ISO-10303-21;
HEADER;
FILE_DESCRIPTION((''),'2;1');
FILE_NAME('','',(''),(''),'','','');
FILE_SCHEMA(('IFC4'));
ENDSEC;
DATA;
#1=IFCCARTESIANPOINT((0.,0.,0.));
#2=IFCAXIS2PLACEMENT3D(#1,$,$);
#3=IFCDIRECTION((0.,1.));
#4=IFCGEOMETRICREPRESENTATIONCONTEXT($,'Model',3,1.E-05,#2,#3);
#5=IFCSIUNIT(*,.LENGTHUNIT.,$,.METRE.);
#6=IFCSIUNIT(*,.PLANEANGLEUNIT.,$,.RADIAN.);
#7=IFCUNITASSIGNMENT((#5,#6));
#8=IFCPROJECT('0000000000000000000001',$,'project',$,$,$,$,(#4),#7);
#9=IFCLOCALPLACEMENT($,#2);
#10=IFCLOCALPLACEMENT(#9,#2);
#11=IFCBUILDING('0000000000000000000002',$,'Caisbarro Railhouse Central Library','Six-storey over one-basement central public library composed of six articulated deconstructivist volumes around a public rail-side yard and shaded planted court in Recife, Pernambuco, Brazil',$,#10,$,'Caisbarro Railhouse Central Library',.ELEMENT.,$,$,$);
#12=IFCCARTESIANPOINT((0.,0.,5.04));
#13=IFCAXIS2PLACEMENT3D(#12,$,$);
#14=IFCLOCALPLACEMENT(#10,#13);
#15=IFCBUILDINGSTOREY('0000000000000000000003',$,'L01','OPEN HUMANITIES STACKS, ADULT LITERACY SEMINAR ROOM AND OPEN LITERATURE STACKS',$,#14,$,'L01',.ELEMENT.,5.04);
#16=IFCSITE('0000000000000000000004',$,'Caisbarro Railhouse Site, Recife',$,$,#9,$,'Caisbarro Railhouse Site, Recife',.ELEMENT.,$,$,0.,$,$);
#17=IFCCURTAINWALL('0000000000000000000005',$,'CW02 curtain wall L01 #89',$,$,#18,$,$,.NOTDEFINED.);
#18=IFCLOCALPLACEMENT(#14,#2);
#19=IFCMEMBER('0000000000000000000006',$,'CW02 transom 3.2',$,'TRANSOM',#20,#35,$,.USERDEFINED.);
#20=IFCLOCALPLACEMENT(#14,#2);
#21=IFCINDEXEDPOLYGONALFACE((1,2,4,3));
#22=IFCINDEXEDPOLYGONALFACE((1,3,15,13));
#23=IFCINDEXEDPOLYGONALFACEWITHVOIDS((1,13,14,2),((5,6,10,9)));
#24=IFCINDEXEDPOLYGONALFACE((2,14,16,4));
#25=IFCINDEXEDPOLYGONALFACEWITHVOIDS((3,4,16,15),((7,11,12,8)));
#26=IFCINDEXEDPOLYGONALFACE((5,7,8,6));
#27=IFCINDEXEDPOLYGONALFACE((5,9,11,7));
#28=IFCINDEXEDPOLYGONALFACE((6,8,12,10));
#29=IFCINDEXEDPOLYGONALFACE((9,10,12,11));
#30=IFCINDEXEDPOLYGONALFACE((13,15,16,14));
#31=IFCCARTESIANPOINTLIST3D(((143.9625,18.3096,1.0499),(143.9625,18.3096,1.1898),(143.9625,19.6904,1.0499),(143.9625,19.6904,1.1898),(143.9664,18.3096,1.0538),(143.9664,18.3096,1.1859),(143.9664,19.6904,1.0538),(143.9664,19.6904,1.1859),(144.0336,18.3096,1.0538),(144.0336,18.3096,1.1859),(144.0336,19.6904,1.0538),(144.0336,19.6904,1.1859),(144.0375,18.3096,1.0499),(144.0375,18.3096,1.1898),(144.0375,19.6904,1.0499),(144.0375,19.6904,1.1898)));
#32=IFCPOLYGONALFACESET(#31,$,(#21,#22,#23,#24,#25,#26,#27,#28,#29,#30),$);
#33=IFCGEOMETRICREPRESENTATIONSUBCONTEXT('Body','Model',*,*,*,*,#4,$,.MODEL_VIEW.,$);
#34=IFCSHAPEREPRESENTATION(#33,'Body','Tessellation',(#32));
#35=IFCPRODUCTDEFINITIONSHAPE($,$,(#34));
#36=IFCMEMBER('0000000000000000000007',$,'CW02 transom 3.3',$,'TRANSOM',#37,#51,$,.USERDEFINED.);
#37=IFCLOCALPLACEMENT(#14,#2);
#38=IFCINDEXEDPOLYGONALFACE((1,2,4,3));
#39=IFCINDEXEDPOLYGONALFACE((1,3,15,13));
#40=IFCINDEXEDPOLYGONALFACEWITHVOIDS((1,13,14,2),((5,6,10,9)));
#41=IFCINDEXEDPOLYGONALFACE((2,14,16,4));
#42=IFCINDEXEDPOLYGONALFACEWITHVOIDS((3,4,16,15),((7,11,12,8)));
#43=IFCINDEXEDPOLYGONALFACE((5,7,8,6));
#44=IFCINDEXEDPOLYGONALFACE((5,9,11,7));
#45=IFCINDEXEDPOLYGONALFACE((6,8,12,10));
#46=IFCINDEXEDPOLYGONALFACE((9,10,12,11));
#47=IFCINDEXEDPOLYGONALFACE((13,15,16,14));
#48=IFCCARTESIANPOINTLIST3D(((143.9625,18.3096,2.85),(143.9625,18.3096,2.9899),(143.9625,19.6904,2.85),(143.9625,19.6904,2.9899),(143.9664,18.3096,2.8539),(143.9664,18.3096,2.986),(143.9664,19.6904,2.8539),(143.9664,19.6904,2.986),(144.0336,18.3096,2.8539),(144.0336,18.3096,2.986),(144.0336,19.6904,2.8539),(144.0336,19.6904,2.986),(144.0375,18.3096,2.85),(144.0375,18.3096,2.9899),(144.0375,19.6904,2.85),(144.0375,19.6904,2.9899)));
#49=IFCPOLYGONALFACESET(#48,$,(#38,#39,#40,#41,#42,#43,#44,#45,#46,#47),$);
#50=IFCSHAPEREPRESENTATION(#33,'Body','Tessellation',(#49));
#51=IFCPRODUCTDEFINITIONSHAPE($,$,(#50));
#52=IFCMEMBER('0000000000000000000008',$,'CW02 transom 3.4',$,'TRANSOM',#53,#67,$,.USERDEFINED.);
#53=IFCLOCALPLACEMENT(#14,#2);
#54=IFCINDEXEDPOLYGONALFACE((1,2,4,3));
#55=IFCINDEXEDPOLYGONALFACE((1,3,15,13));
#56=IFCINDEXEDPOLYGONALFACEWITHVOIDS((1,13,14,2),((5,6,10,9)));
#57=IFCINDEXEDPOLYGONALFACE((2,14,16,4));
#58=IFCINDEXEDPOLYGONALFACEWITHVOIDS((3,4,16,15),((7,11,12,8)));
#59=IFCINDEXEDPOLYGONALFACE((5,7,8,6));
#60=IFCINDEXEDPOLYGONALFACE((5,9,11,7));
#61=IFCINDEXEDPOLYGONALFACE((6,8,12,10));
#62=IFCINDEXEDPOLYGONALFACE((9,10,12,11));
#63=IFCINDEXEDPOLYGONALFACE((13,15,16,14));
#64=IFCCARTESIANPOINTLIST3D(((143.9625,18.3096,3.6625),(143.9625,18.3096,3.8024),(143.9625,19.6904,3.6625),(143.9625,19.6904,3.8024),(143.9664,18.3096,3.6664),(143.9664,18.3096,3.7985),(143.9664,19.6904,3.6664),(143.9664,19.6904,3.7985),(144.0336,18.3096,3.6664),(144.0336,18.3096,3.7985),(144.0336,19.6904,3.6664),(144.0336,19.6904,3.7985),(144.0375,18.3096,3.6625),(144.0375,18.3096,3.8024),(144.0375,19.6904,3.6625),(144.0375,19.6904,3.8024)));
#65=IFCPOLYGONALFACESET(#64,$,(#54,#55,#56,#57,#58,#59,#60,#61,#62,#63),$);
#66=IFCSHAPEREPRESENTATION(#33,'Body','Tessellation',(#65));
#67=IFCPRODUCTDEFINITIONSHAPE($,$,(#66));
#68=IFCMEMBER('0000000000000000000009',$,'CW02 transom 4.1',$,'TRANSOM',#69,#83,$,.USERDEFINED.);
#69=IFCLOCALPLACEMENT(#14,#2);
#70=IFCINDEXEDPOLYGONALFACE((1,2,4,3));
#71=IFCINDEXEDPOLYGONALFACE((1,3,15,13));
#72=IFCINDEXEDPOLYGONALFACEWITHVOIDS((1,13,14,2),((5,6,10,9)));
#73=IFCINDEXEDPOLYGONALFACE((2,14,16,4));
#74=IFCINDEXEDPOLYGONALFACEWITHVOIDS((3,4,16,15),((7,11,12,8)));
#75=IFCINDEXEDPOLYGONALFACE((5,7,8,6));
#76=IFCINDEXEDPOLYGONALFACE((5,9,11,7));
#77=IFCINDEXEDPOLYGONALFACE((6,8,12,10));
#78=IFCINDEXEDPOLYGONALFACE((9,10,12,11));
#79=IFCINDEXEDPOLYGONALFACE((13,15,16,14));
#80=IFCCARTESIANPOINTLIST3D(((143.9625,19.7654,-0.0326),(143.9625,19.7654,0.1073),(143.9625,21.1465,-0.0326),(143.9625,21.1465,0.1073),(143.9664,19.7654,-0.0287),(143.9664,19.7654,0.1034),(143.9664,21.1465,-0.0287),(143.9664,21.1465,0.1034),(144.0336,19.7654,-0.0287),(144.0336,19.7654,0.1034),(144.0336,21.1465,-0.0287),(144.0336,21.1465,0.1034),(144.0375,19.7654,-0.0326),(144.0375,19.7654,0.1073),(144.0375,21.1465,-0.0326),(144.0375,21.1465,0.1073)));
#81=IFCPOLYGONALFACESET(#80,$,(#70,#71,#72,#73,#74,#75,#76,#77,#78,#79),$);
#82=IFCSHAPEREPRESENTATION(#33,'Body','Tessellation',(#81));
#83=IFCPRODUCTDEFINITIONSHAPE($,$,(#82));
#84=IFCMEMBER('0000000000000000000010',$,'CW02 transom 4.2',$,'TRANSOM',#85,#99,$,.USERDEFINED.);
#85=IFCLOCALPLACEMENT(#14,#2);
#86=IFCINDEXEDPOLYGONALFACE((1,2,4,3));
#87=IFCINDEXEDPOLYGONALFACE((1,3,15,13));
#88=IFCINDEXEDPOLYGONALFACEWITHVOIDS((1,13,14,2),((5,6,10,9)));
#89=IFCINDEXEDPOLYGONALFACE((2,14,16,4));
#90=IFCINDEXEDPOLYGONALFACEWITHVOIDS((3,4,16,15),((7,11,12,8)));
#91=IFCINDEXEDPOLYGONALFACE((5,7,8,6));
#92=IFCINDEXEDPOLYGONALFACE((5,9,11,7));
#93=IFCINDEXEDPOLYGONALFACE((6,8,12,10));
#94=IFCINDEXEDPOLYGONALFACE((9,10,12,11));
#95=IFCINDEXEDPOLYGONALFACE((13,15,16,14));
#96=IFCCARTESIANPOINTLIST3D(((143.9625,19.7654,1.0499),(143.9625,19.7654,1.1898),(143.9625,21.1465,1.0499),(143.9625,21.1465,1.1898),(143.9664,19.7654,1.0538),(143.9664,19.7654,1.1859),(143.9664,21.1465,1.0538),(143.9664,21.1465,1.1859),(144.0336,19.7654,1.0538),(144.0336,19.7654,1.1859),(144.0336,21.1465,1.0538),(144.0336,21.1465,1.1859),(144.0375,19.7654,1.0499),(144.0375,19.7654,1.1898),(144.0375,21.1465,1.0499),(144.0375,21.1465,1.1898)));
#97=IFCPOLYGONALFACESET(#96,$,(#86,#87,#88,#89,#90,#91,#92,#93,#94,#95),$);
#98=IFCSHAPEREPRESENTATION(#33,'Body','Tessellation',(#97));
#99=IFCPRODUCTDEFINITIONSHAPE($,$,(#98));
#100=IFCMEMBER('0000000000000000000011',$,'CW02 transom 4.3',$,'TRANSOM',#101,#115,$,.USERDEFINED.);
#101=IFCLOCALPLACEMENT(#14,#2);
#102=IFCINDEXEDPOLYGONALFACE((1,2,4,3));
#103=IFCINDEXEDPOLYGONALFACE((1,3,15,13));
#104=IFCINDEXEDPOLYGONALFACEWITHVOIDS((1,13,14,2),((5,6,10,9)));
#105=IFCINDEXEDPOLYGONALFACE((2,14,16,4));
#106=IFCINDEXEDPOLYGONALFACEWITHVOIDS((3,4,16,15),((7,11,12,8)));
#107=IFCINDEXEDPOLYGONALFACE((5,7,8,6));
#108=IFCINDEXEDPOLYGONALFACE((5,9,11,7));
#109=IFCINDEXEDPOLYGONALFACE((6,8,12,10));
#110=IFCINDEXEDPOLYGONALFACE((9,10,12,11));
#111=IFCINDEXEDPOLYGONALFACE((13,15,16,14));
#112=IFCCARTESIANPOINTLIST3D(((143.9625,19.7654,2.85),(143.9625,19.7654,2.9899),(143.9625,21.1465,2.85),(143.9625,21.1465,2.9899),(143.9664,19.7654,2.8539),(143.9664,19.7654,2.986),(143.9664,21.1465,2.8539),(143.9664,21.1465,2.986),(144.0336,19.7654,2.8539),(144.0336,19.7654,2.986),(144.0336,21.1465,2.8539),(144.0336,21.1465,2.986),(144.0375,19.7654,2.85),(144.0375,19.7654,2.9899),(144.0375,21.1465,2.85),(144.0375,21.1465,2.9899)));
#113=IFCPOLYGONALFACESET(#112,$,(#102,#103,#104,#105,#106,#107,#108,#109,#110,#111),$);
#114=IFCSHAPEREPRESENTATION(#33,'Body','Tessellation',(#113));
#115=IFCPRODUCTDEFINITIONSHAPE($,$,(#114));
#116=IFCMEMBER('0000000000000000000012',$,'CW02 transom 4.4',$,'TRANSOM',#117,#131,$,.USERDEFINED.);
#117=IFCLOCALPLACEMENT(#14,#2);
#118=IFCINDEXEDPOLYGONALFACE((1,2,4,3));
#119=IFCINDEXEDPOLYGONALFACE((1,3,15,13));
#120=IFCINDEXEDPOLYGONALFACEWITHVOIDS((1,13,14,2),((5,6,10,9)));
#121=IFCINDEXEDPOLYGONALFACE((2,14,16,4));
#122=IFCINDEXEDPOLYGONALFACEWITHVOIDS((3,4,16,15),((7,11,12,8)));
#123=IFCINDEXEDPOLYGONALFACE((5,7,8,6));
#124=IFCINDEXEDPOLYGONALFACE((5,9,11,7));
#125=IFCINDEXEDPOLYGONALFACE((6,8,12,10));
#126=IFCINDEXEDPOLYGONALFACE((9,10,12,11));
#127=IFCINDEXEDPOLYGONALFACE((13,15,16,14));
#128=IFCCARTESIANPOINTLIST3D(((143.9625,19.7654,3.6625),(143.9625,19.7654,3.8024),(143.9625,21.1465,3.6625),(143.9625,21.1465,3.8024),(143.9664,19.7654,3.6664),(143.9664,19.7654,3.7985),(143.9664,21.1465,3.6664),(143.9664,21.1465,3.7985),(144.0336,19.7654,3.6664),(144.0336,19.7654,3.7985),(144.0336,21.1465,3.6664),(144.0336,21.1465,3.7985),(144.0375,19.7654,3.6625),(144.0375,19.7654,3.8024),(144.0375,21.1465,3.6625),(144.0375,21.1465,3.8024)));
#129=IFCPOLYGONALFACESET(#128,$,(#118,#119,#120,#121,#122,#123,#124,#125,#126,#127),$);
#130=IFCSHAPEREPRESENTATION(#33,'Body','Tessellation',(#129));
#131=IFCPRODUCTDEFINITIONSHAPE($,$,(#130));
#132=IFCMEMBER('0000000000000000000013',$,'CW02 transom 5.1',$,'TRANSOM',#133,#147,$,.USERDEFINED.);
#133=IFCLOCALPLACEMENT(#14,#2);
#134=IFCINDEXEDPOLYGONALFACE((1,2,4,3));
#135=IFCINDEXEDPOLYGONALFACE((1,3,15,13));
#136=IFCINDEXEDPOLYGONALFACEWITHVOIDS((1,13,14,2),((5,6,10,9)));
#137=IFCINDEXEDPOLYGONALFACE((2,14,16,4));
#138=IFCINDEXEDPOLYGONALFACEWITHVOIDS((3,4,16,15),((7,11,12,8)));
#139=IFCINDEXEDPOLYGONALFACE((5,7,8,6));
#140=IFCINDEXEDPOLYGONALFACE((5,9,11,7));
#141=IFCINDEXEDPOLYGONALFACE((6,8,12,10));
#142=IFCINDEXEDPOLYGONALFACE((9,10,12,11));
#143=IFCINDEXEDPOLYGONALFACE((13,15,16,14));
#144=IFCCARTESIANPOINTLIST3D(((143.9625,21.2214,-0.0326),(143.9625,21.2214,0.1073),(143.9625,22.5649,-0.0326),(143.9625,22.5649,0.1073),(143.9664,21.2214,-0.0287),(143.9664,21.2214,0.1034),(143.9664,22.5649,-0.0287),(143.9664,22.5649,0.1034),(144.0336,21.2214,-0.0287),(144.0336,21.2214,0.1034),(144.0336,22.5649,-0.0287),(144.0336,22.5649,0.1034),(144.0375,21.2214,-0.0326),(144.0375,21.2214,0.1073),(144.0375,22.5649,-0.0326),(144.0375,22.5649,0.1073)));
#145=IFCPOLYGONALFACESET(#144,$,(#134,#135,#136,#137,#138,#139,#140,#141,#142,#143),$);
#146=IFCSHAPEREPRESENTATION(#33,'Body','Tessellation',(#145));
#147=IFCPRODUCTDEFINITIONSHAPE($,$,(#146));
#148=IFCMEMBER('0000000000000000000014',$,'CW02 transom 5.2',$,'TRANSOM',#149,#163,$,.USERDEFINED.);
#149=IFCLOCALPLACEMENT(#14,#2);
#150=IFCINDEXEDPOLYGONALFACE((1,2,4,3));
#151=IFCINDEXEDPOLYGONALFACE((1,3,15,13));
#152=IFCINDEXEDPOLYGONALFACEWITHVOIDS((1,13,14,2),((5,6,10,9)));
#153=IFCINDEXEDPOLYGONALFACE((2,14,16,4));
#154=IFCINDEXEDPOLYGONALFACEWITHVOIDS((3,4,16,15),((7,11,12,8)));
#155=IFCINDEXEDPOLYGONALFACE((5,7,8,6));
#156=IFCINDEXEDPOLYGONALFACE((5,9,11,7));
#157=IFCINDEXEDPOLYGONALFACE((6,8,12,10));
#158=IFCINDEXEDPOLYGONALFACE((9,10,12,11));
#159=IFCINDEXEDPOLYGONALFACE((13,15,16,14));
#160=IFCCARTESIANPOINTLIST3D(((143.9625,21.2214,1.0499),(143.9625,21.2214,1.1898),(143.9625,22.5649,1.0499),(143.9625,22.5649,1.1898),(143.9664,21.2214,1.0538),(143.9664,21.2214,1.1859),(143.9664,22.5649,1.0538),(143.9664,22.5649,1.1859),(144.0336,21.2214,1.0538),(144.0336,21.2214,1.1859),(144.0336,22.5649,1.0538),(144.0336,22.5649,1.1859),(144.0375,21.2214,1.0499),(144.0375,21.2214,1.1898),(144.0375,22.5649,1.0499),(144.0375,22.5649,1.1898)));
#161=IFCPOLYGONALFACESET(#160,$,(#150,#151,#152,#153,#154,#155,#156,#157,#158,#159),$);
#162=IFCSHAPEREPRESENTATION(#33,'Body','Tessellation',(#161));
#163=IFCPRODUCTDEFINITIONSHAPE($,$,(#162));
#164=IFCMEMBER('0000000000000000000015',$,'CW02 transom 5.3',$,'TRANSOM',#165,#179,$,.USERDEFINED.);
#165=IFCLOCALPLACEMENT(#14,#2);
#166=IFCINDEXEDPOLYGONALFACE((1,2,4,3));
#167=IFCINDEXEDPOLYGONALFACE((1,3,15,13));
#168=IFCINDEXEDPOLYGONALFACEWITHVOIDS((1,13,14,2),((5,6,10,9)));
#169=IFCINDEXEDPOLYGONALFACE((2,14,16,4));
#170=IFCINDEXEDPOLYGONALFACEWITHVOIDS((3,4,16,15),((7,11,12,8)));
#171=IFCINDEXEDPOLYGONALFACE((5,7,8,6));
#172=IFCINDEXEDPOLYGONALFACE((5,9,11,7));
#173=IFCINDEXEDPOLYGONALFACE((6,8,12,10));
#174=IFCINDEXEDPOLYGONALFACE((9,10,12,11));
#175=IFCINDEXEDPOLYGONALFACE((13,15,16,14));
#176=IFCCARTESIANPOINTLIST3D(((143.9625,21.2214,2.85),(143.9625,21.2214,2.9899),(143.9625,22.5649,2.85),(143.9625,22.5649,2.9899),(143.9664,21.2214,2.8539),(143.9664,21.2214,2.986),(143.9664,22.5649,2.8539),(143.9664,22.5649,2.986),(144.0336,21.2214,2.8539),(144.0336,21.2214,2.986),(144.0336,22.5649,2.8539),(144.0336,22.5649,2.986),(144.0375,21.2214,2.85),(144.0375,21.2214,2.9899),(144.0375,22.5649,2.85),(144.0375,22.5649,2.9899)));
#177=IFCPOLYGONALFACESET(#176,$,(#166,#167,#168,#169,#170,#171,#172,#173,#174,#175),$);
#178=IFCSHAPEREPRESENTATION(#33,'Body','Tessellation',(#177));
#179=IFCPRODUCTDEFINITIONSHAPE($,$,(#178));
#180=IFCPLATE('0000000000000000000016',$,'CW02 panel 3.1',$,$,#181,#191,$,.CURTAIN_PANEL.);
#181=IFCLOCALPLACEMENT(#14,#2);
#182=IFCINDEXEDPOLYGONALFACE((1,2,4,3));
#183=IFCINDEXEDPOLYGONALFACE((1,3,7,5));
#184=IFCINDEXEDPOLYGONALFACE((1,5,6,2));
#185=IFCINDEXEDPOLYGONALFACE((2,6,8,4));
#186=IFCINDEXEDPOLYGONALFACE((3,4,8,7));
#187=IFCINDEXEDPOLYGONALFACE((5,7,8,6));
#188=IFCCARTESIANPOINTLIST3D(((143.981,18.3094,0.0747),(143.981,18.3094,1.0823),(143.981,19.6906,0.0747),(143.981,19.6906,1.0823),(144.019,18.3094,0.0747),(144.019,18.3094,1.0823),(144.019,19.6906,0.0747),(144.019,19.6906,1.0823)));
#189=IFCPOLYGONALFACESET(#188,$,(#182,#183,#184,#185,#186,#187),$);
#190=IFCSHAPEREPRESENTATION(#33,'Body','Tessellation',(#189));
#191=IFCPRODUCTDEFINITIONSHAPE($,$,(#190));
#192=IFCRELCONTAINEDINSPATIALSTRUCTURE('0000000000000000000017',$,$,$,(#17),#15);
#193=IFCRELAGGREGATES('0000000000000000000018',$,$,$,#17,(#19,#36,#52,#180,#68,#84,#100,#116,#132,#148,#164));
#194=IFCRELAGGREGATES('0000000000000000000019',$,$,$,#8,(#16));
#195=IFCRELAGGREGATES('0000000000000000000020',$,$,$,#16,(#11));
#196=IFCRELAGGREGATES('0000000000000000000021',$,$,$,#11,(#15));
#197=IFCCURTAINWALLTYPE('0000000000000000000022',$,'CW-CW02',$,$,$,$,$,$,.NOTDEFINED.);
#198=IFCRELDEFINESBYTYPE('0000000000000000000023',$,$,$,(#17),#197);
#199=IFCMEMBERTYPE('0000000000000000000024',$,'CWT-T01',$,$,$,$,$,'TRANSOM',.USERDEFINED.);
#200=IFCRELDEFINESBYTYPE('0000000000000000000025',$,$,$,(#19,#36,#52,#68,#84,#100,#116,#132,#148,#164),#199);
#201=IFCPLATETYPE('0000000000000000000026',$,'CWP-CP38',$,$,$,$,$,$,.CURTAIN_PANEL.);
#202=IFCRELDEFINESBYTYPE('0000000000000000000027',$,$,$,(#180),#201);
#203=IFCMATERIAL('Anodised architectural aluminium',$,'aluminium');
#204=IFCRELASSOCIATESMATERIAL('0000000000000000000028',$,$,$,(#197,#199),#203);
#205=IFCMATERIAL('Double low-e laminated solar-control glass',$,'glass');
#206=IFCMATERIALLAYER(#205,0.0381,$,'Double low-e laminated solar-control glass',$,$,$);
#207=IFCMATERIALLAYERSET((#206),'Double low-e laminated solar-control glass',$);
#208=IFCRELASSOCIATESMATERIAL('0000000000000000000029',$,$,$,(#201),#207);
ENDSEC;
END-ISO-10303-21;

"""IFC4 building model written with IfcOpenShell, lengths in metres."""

from ifc_helpers import new_model, si_unit, direction, frame, origin, origin_2d, place, context, subcontext, project, spatial, rectangle, hollow_rectangle, extrude, material, layer, layer_set, material_profile, profile_set, type_object, element, aggregate, save


model = new_model("IFC4")

# Units and contexts
model_context = context("Model", 3, precision=1e-05, world=origin(), true_north=direction((0.0, 1.0)))
body_context = subcontext(model_context, "Body", "Model", "MODEL_VIEW")
ifc_project = project(units=[si_unit("LENGTHUNIT", "METRE"), si_unit("PLANEANGLEUNIT", "RADIAN")], contexts=[model_context])

# Site, building, storey
site_placement = place(None, origin())
site = spatial("IfcSite", under=ifc_project, at=site_placement, Name="Caisbarro Railhouse Site, Recife", LongName="Caisbarro Railhouse Site, Recife", CompositionType="ELEMENT", RefElevation=0.0)
building_placement = place(site_placement, origin())
building = spatial("IfcBuilding", under=site, at=building_placement, Name="Caisbarro Railhouse Central Library", Description="Six-storey over one-basement central public library composed of six articulated deconstructivist volumes around a public rail-side yard and shaded planted court in Recife, Pernambuco, Brazil", LongName="Caisbarro Railhouse Central Library", CompositionType="ELEMENT")
storey_placement = place(building_placement, frame((0.0, 0.0, 5.04)))
storey = spatial("IfcBuildingStorey", under=building, at=storey_placement, Name="L01", Description="OPEN HUMANITIES STACKS, ADULT LITERACY SEMINAR ROOM AND OPEN LITERATURE STACKS", LongName="L01", CompositionType="ELEMENT", Elevation=5.04)

# Curtain wall, members, plate
ifc_material_1 = material(Name="Anodised architectural aluminium", Category="aluminium")
curtain_wall_type = type_object("IfcCurtainWallType", Name="CW-CW02", PredefinedType="NOTDEFINED", material=ifc_material_1)
curtain_wall_placement = place(storey_placement, origin())
curtain_wall = element("IfcCurtainWall", 1, at=curtain_wall_placement, inside=storey, type_object=curtain_wall_type, Name="CW02 curtain wall L01 #89", PredefinedType="NOTDEFINED")
ifc_material_profile_1 = material_profile(ifc_material_1, hollow_rectangle(XDim=0.075, YDim=0.1399, WallThickness=0.0039, at=origin_2d()), Name="ALU-TRN-75X140")
ifc_profile_set_1 = profile_set([ifc_material_profile_1], Name="Anodised architectural aluminium")
member_type_1 = type_object("IfcMemberType", Name="CWT-T01", ElementType="TRANSOM", PredefinedType="USERDEFINED", material=ifc_profile_set_1)
member_1_placement = place(storey_placement, frame((144.0, 18.3096, 1.1199), z_axis=(0.0, 1.0, 0.0), x_axis=(-1.0, 0.0, 0.0)))
member_1 = element("IfcMember", 2, at=member_1_placement, type_object=member_type_1, Name="CW02 transom 3.2", ObjectType="TRANSOM", PredefinedType="USERDEFINED", context=body_context, shape_type="SweptSolid", body=[
    extrude(hollow_rectangle(XDim=0.075, YDim=0.1399, WallThickness=0.0039, at=origin_2d()), origin(), (0.0, 0.0, 1.0), 1.3809),
])
member_2_placement = place(storey_placement, frame((144.0, 18.3096, 2.9199), z_axis=(0.0, 1.0, 0.0), x_axis=(-1.0, 0.0, 0.0)))
member_2 = element("IfcMember", 3, at=member_2_placement, type_object=member_type_1, Name="CW02 transom 3.3", ObjectType="TRANSOM", PredefinedType="USERDEFINED", context=body_context, shape_type="SweptSolid", body=[
    extrude(hollow_rectangle(XDim=0.075, YDim=0.1399, WallThickness=0.0039, at=origin_2d()), origin(), (0.0, 0.0, 1.0), 1.3809),
])
member_3_placement = place(storey_placement, frame((144.0, 18.3096, 3.7324), z_axis=(0.0, 1.0, 0.0), x_axis=(-1.0, 0.0, 0.0)))
member_3 = element("IfcMember", 4, at=member_3_placement, type_object=member_type_1, Name="CW02 transom 3.4", ObjectType="TRANSOM", PredefinedType="USERDEFINED", context=body_context, shape_type="SweptSolid", body=[
    extrude(hollow_rectangle(XDim=0.075, YDim=0.1399, WallThickness=0.0039, at=origin_2d()), origin(), (0.0, 0.0, 1.0), 1.3809),
])
member_4_placement = place(storey_placement, frame((144.0, 19.7654, 0.0374), z_axis=(0.0, 1.0, 0.0), x_axis=(-1.0, 0.0, 0.0)))
member_4 = element("IfcMember", 5, at=member_4_placement, type_object=member_type_1, Name="CW02 transom 4.1", ObjectType="TRANSOM", PredefinedType="USERDEFINED", context=body_context, shape_type="SweptSolid", body=[
    extrude(hollow_rectangle(XDim=0.075, YDim=0.1399, WallThickness=0.0039, at=origin_2d()), origin(), (0.0, 0.0, 1.0), 1.3811),
])
member_5_placement = place(storey_placement, frame((144.0, 19.7654, 1.1199), z_axis=(0.0, 1.0, 0.0), x_axis=(-1.0, 0.0, 0.0)))
member_5 = element("IfcMember", 6, at=member_5_placement, type_object=member_type_1, Name="CW02 transom 4.2", ObjectType="TRANSOM", PredefinedType="USERDEFINED", context=body_context, shape_type="SweptSolid", body=[
    extrude(hollow_rectangle(XDim=0.075, YDim=0.1399, WallThickness=0.0039, at=origin_2d()), origin(), (0.0, 0.0, 1.0), 1.3811),
])
member_6_placement = place(storey_placement, frame((144.0, 19.7654, 2.9199), z_axis=(0.0, 1.0, 0.0), x_axis=(-1.0, 0.0, 0.0)))
member_6 = element("IfcMember", 7, at=member_6_placement, type_object=member_type_1, Name="CW02 transom 4.3", ObjectType="TRANSOM", PredefinedType="USERDEFINED", context=body_context, shape_type="SweptSolid", body=[
    extrude(hollow_rectangle(XDim=0.075, YDim=0.1399, WallThickness=0.0039, at=origin_2d()), origin(), (0.0, 0.0, 1.0), 1.3811),
])
member_7_placement = place(storey_placement, frame((144.0, 19.7654, 3.7324), z_axis=(0.0, 1.0, 0.0), x_axis=(-1.0, 0.0, 0.0)))
member_7 = element("IfcMember", 8, at=member_7_placement, type_object=member_type_1, Name="CW02 transom 4.4", ObjectType="TRANSOM", PredefinedType="USERDEFINED", context=body_context, shape_type="SweptSolid", body=[
    extrude(hollow_rectangle(XDim=0.075, YDim=0.1399, WallThickness=0.0039, at=origin_2d()), origin(), (0.0, 0.0, 1.0), 1.3811),
])
member_8_placement = place(storey_placement, frame((144.0, 21.2214, 0.0374), z_axis=(0.0, 1.0, 0.0), x_axis=(-1.0, 0.0, 0.0)))
member_8 = element("IfcMember", 9, at=member_8_placement, type_object=member_type_1, Name="CW02 transom 5.1", ObjectType="TRANSOM", PredefinedType="USERDEFINED", context=body_context, shape_type="SweptSolid", body=[
    extrude(hollow_rectangle(XDim=0.075, YDim=0.1399, WallThickness=0.0039, at=origin_2d()), origin(), (0.0, 0.0, 1.0), 1.3435),
])
member_9_placement = place(storey_placement, frame((144.0, 21.2214, 1.1199), z_axis=(0.0, 1.0, 0.0), x_axis=(-1.0, 0.0, 0.0)))
member_9 = element("IfcMember", 10, at=member_9_placement, type_object=member_type_1, Name="CW02 transom 5.2", ObjectType="TRANSOM", PredefinedType="USERDEFINED", context=body_context, shape_type="SweptSolid", body=[
    extrude(hollow_rectangle(XDim=0.075, YDim=0.1399, WallThickness=0.0039, at=origin_2d()), origin(), (0.0, 0.0, 1.0), 1.3435),
])
member_10_placement = place(storey_placement, frame((144.0, 21.2214, 2.9199), z_axis=(0.0, 1.0, 0.0), x_axis=(-1.0, 0.0, 0.0)))
member_10 = element("IfcMember", 11, at=member_10_placement, type_object=member_type_1, Name="CW02 transom 5.3", ObjectType="TRANSOM", PredefinedType="USERDEFINED", context=body_context, shape_type="SweptSolid", body=[
    extrude(hollow_rectangle(XDim=0.075, YDim=0.1399, WallThickness=0.0039, at=origin_2d()), origin(), (0.0, 0.0, 1.0), 1.3435),
])
ifc_material_2 = material(Name="Double low-e laminated solar-control glass", Category="glass")
ifc_layer_1 = layer(ifc_material_2, 0.0381, Name="Double low-e laminated solar-control glass")
ifc_layer_set_1 = layer_set([ifc_layer_1], Name="Double low-e laminated solar-control glass")
plate_type = type_object("IfcPlateType", Name="CWP-CP38", PredefinedType="CURTAIN_PANEL", material=ifc_layer_set_1)
plate_1_placement = place(storey_placement, frame((144.0, 19.0, 0.0747), z_axis=(0.0, 0.0, 1.0), x_axis=(0.0, 1.0, 0.0)))
plate_1 = element("IfcPlate", 12, at=plate_1_placement, type_object=plate_type, Name="CW02 panel 3.1", PredefinedType="CURTAIN_PANEL", context=body_context, shape_type="SweptSolid", body=[
    extrude(rectangle(XDim=1.3811, YDim=0.0381, at=origin_2d()), origin(), (0.0, 0.0, 1.0), 1.0076),
])
aggregate(curtain_wall, [member_1, member_2, member_3, plate_1, member_4, member_5, member_6, member_7, member_8, member_9, member_10])

save(model, "model.ifc")
